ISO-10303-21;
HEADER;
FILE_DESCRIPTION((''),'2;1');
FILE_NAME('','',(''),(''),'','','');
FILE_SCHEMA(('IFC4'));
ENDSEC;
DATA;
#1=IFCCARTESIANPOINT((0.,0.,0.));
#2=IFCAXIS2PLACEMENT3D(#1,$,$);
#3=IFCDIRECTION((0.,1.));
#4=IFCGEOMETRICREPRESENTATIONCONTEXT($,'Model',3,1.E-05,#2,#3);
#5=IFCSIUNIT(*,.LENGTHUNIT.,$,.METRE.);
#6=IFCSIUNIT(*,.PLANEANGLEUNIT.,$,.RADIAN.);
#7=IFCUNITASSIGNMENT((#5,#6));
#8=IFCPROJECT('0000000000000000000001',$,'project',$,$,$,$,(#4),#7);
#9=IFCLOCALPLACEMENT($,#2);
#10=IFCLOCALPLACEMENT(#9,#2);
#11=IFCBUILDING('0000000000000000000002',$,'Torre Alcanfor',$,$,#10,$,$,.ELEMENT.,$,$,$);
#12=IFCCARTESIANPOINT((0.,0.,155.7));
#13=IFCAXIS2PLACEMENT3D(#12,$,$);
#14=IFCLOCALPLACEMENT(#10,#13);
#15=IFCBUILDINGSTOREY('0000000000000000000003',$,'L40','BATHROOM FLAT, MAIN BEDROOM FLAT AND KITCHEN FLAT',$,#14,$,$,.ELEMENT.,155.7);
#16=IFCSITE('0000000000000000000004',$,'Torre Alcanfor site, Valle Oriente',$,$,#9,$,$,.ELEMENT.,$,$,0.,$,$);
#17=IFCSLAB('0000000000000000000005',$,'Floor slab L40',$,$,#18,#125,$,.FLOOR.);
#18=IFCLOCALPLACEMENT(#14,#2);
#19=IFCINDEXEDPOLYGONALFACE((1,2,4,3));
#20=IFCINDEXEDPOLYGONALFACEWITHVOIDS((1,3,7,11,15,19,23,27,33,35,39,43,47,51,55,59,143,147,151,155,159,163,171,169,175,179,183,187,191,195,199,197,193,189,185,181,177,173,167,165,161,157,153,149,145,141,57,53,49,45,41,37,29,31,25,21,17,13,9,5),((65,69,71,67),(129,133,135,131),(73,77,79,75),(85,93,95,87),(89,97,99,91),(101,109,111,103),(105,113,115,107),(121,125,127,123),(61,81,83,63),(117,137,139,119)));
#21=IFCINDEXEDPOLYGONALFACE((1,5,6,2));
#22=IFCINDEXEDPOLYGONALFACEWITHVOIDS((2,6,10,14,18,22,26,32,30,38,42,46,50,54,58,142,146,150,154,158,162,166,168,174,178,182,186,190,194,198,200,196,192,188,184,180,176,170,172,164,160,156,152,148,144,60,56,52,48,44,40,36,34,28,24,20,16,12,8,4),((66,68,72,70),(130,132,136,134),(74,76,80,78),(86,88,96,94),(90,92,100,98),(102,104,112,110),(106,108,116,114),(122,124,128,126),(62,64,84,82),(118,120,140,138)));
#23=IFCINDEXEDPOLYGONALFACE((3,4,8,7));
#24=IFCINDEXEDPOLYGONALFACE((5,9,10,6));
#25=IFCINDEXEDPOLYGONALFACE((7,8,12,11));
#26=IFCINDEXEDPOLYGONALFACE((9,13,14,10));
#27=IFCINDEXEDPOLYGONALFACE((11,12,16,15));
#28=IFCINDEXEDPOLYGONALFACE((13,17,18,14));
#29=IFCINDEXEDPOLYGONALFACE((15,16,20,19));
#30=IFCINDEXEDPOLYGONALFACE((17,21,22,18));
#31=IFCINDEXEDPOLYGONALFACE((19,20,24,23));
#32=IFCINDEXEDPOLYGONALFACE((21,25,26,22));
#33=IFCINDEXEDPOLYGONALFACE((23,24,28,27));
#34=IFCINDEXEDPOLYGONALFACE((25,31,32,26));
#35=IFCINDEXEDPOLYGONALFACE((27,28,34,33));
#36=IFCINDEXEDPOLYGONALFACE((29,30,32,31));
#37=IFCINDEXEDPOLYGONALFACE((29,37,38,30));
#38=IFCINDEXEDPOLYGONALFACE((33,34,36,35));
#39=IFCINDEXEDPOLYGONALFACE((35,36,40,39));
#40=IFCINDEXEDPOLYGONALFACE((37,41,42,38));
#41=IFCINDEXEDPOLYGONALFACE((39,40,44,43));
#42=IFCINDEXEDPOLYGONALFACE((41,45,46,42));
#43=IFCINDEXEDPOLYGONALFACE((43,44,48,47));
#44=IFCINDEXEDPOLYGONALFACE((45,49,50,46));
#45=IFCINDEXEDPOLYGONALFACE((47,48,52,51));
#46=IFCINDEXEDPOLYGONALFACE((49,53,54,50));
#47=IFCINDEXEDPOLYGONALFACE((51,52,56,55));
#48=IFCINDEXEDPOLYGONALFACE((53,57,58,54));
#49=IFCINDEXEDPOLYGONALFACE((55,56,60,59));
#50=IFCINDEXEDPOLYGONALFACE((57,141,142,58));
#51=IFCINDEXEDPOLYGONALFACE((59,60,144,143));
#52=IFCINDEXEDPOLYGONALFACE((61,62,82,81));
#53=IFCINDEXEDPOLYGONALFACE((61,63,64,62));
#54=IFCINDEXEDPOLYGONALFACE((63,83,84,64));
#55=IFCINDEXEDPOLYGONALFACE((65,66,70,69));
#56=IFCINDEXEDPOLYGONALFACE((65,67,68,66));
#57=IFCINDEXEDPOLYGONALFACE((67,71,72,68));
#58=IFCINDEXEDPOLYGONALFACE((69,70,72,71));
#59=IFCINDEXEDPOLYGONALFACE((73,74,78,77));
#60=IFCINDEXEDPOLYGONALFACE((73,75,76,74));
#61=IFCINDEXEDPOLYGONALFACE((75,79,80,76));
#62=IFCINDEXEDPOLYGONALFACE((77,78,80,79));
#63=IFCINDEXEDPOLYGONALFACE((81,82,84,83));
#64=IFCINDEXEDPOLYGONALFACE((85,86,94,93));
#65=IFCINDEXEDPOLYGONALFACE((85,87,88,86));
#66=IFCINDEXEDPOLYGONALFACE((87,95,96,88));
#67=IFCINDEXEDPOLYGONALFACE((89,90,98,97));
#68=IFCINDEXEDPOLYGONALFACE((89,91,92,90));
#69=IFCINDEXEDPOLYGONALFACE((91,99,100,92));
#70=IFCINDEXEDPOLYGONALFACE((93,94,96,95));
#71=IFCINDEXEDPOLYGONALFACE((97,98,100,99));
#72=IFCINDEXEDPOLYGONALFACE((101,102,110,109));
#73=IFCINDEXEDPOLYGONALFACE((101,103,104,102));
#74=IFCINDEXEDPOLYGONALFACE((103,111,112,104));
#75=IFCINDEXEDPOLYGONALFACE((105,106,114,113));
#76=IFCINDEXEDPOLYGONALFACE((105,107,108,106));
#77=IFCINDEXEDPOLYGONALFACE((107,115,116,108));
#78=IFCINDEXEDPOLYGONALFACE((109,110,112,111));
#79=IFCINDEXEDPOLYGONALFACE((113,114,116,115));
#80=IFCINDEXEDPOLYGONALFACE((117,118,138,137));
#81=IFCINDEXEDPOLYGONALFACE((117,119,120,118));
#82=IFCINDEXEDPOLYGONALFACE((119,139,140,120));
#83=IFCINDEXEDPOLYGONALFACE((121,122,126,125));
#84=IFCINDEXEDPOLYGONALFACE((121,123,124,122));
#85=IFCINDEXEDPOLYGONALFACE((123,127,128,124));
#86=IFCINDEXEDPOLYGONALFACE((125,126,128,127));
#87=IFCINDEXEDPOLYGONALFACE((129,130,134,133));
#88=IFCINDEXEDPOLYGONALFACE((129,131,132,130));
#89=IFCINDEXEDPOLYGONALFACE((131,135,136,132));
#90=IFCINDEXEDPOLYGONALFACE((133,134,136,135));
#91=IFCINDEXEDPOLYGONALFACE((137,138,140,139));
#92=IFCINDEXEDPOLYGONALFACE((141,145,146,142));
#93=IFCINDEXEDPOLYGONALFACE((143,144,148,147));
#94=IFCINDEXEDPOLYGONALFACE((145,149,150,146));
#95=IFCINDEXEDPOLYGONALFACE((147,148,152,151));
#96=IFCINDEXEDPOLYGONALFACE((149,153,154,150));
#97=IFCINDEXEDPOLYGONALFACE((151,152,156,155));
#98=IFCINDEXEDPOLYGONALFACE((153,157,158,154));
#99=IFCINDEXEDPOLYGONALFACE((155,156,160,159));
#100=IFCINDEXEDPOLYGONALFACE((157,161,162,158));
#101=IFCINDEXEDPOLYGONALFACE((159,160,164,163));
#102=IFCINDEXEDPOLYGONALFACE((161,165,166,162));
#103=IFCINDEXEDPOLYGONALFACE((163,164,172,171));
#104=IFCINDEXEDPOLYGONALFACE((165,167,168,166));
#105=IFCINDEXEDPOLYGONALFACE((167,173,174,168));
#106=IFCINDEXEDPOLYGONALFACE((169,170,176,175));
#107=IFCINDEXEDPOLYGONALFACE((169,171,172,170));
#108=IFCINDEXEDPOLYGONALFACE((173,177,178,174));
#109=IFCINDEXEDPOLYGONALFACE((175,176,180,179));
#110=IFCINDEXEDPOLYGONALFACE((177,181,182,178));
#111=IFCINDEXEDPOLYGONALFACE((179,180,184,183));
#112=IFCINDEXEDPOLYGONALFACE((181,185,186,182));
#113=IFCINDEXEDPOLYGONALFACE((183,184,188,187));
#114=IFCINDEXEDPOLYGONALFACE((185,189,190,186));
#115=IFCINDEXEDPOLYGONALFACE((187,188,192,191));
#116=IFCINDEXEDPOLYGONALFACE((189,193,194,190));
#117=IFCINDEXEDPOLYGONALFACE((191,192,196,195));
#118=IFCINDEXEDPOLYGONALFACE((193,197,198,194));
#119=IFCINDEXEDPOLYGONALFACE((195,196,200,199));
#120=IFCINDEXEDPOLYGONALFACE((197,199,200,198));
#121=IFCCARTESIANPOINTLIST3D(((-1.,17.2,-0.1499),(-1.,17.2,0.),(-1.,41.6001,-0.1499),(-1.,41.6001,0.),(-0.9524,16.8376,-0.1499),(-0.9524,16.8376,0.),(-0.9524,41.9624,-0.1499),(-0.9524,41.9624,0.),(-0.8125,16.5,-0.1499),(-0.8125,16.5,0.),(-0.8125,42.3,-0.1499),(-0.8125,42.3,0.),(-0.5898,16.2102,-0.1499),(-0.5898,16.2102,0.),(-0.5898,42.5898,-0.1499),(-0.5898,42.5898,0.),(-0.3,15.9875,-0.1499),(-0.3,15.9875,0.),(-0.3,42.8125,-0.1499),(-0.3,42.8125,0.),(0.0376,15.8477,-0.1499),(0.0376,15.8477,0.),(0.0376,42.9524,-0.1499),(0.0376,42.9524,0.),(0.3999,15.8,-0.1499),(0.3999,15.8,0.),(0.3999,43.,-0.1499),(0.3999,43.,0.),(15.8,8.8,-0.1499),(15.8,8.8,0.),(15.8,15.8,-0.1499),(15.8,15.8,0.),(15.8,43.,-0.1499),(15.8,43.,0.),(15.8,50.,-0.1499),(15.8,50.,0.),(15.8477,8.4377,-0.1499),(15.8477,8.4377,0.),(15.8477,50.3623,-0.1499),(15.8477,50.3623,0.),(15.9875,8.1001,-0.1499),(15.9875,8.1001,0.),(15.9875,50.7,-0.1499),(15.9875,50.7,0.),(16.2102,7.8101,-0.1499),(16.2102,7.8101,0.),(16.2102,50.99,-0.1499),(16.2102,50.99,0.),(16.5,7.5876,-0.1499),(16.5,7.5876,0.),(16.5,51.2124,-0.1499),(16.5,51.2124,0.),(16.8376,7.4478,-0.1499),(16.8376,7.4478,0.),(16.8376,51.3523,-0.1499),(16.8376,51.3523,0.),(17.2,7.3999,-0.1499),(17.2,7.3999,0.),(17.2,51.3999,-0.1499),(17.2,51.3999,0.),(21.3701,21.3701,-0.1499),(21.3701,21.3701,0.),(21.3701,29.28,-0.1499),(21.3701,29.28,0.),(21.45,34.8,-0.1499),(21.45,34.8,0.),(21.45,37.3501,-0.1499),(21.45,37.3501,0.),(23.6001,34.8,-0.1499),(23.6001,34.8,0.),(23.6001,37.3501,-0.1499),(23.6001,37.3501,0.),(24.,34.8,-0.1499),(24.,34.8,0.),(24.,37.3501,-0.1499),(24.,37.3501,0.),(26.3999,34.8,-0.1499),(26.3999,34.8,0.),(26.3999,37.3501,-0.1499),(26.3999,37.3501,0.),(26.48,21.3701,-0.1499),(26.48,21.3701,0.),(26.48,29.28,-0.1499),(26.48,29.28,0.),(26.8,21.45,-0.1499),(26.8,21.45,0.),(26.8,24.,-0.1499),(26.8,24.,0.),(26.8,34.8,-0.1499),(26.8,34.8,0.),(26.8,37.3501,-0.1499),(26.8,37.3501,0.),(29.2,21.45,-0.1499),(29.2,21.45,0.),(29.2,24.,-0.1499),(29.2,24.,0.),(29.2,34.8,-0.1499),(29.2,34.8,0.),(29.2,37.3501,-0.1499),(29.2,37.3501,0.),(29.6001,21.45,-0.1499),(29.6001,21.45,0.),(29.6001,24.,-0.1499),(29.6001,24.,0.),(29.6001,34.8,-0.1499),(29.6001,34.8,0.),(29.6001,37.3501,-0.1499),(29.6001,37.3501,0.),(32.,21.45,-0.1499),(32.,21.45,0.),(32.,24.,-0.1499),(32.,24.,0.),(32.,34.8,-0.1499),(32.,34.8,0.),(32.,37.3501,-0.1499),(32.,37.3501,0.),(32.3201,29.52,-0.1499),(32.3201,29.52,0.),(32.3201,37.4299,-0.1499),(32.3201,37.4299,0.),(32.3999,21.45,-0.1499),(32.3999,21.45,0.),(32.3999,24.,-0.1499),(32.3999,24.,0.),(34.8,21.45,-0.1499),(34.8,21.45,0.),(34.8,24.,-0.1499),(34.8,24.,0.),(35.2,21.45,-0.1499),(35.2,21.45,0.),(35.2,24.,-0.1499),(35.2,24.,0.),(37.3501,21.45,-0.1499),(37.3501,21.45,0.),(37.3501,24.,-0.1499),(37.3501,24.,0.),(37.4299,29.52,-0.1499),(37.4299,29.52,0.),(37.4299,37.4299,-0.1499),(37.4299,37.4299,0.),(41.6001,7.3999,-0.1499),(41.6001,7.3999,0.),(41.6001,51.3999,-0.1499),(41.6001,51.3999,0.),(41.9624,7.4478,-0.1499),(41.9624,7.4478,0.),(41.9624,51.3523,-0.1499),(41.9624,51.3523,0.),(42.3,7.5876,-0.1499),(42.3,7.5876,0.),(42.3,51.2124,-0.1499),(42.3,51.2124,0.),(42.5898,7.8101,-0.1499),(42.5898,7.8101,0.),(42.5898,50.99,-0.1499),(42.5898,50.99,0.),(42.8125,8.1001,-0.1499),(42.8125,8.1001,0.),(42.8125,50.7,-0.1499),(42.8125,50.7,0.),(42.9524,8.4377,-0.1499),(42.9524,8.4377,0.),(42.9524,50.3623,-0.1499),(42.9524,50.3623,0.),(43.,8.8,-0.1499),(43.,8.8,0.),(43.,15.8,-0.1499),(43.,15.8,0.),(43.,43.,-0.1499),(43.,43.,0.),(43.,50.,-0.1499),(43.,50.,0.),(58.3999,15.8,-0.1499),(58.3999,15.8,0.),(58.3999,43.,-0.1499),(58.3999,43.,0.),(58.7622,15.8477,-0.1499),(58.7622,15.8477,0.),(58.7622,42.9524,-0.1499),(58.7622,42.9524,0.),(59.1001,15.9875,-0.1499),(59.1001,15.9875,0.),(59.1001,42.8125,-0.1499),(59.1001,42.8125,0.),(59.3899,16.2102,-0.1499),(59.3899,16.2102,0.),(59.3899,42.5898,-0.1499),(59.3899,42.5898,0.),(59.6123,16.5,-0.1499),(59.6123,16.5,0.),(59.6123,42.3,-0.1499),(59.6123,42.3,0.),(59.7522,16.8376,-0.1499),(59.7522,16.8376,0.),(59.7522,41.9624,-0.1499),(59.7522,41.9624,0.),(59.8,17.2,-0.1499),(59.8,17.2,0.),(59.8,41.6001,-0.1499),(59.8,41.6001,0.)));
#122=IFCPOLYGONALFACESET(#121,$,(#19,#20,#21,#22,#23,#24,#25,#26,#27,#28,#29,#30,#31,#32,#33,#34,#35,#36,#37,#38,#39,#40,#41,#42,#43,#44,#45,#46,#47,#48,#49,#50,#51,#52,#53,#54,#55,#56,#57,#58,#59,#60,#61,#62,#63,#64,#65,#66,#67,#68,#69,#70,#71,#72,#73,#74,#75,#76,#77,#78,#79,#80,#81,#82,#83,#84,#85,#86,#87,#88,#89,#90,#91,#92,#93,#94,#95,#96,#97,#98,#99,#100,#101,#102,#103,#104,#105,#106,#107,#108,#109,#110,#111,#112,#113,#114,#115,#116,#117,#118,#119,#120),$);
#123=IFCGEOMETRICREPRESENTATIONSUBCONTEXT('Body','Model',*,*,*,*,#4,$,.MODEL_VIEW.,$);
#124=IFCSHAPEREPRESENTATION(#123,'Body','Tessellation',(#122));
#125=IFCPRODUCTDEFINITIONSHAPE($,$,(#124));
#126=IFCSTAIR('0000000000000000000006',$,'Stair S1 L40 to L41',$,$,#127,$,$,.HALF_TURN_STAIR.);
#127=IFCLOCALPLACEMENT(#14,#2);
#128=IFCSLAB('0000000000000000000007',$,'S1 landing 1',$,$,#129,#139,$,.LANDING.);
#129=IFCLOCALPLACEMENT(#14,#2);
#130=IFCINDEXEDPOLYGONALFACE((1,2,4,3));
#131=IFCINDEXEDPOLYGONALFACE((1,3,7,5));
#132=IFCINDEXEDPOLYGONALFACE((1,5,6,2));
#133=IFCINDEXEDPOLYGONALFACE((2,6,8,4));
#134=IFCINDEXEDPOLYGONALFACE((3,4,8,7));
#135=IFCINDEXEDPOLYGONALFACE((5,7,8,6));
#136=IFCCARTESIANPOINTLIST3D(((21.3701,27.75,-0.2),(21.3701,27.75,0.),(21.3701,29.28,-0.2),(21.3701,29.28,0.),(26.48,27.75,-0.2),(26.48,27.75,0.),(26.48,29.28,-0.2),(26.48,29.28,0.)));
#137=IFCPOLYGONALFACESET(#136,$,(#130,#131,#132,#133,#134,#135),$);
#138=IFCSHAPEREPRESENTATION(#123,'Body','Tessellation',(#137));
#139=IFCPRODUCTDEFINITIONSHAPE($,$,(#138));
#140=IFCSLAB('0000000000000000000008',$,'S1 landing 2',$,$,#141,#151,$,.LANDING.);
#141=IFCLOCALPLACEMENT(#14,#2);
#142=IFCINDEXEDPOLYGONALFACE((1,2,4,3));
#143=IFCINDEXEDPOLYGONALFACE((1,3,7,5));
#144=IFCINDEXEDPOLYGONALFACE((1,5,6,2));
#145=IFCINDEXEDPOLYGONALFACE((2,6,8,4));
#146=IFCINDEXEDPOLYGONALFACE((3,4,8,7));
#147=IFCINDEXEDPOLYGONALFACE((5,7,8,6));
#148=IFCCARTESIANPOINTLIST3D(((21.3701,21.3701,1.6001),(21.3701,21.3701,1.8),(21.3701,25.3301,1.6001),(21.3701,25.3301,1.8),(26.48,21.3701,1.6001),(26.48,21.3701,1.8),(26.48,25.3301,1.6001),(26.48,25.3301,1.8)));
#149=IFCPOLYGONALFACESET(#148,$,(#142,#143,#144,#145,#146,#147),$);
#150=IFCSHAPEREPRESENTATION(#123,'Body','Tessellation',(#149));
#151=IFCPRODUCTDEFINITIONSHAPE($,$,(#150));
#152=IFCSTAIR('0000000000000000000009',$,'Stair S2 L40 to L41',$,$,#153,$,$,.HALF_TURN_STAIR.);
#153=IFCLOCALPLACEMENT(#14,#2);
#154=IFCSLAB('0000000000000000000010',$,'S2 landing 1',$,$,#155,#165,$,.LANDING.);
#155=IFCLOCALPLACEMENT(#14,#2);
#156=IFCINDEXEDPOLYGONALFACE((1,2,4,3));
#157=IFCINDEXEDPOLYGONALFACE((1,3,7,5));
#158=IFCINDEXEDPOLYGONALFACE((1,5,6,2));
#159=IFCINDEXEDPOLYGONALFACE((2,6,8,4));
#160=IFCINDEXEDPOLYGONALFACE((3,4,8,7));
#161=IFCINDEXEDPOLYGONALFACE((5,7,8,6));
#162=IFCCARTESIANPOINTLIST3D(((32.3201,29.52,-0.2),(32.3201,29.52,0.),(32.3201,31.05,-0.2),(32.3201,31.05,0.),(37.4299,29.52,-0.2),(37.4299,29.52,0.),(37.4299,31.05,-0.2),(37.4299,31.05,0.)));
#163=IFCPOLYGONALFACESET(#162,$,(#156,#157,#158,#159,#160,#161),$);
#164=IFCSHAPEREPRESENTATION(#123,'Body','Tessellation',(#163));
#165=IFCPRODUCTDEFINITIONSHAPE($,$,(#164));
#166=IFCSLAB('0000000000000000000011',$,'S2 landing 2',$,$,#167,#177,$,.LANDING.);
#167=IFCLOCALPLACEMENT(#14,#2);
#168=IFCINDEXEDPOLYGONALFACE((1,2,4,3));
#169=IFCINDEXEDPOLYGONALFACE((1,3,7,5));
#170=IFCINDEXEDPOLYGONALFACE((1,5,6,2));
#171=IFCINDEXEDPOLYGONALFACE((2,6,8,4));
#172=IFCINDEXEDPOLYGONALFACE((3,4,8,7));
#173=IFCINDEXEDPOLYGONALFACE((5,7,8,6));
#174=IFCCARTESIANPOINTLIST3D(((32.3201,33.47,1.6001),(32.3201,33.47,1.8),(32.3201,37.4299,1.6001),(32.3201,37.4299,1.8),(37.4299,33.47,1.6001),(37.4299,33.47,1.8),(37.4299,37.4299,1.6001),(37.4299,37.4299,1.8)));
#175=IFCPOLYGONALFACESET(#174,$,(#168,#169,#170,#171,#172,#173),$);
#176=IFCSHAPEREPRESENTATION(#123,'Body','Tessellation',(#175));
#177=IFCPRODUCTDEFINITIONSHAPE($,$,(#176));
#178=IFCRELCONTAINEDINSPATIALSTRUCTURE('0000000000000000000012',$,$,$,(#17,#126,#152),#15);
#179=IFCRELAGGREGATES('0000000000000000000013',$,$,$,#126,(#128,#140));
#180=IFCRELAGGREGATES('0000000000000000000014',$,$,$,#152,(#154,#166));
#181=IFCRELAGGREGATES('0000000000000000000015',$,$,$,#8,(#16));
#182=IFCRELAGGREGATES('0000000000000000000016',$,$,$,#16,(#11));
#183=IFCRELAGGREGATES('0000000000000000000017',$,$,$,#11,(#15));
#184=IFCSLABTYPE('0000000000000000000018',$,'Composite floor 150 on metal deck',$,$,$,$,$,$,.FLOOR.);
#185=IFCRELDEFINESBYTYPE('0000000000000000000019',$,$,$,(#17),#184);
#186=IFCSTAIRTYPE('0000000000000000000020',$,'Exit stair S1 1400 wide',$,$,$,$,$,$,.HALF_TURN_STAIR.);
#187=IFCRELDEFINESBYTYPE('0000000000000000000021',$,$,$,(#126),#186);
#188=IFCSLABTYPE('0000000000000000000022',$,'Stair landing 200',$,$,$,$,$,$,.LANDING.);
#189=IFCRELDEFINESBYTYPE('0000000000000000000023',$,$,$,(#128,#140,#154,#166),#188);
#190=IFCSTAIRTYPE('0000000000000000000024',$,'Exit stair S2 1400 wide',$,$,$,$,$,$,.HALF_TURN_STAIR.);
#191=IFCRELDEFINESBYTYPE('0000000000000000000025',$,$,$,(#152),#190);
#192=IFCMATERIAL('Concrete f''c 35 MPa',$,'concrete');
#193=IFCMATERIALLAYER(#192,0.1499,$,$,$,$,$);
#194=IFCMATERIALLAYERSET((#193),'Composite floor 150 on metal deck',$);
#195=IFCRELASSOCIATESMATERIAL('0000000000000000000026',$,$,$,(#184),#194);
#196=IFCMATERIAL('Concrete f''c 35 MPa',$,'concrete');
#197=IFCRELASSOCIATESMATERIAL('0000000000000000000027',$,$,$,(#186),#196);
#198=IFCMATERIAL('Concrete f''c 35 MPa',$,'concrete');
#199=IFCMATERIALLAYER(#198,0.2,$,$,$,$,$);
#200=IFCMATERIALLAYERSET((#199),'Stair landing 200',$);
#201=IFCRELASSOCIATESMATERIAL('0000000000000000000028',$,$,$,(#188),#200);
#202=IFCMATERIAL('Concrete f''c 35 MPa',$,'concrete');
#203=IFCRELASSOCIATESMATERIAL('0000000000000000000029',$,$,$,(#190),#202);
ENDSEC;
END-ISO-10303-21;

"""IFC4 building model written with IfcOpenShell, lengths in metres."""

from ifc_helpers import new_model, si_unit, direction, frame, origin, place, context, subcontext, project, spatial, polyline, outline, extrude, material, layer, layer_set, type_object, element, aggregate, save


model = new_model("IFC4")

# Units and contexts
model_context = context("Model", 3, precision=1e-05, world=origin(), true_north=direction((0.0, 1.0)))
body_context = subcontext(model_context, "Body", "Model", "MODEL_VIEW")
ifc_project = project(units=[si_unit("LENGTHUNIT", "METRE"), si_unit("PLANEANGLEUNIT", "RADIAN")], contexts=[model_context])

# Site, building, storey
site_placement = place(None, origin())
site = spatial("IfcSite", under=ifc_project, at=site_placement, Name="Torre Alcanfor site, Valle Oriente", CompositionType="ELEMENT", RefElevation=0.0)
building_placement = place(site_placement, origin())
building = spatial("IfcBuilding", under=site, at=building_placement, Name="Torre Alcanfor", CompositionType="ELEMENT")
storey_placement = place(building_placement, frame((0.0, 0.0, 155.7)))
storey = spatial("IfcBuildingStorey", under=building, at=storey_placement, Name="L40", Description="BATHROOM FLAT, MAIN BEDROOM FLAT AND KITCHEN FLAT", CompositionType="ELEMENT", Elevation=155.7)

# Slab
ifc_material_1 = material(Name="Concrete f'c 35 MPa", Category="concrete")
ifc_layer_1 = layer(ifc_material_1, 0.1499)
ifc_layer_set_1 = layer_set([ifc_layer_1], Name="Composite floor 150 on metal deck")
slab_type_1 = type_object("IfcSlabType", Name="Composite floor 150 on metal deck", PredefinedType="FLOOR", material=ifc_layer_set_1)
slab_1_placement = place(storey_placement, frame((0.0, 0.0, -0.1499)))
element("IfcSlab", 1, at=slab_1_placement, inside=storey, type_object=slab_type_1, Name="Floor slab L40", PredefinedType="FLOOR", context=body_context, shape_type="SweptSolid", body=[
    extrude(outline(polyline([(15.8, 43.0), (0.3999, 43.0), (0.0376, 42.9524), (-0.3, 42.8125), (-0.5898, 42.5898), (-0.8125, 42.3), (-0.9524, 41.9624), (-1.0, 41.6001), (-1.0, 17.2), (-0.9524, 16.8376), (-0.8125, 16.5), (-0.5898, 16.2102), (-0.3, 15.9875), (0.0376, 15.8477), (0.3999, 15.8), (15.8, 15.8), (15.8, 8.8), (15.8477, 8.4377), (15.9875, 8.1001), (16.2102, 7.8101), (16.5, 7.5876), (16.8376, 7.4478), (17.2, 7.3999), (41.6001, 7.3999), (41.9624, 7.4478), (42.3, 7.5876), (42.5898, 7.8101), (42.8125, 8.1001), (42.9524, 8.4377), (43.0, 8.8), (43.0, 15.8), (58.3999, 15.8), (58.7622, 15.8477), (59.1001, 15.9875), (59.3899, 16.2102), (59.6123, 16.5), (59.7522, 16.8376), (59.8, 17.2), (59.8, 41.6001), (59.7522, 41.9624), (59.6123, 42.3), (59.3899, 42.5898), (59.1001, 42.8125), (58.7622, 42.9524), (58.3999, 43.0), (43.0, 43.0), (43.0, 50.0), (42.9524, 50.3623), (42.8125, 50.7), (42.5898, 50.99), (42.3, 51.2124), (41.9624, 51.3523), (41.6001, 51.3999), (17.2, 51.3999), (16.8376, 51.3523), (16.5, 51.2124), (16.2102, 50.99), (15.9875, 50.7), (15.8477, 50.3623), (15.8, 50.0), (15.8, 43.0)]), holes=[polyline([(21.3701, 21.3701), (26.48, 21.3701), (26.48, 29.28), (21.3701, 29.28), (21.3701, 21.3701)]), polyline([(32.3201, 29.52), (37.4299, 29.52), (37.4299, 37.4299), (32.3201, 37.4299), (32.3201, 29.52)]), polyline([(26.8, 21.45), (29.2, 21.45), (29.2, 24.0), (26.8, 24.0), (26.8, 21.45)]), polyline([(29.6001, 21.45), (32.0, 21.45), (32.0, 24.0), (29.6001, 24.0), (29.6001, 21.45)]), polyline([(32.3999, 21.45), (34.8, 21.45), (34.8, 24.0), (32.3999, 24.0), (32.3999, 21.45)]), polyline([(35.2, 21.45), (37.3501, 21.45), (37.3501, 24.0), (35.2, 24.0), (35.2, 21.45)]), polyline([(21.45, 34.8), (23.6001, 34.8), (23.6001, 37.3501), (21.45, 37.3501), (21.45, 34.8)]), polyline([(24.0, 34.8), (26.3999, 34.8), (26.3999, 37.3501), (24.0, 37.3501), (24.0, 34.8)]), polyline([(26.8, 34.8), (29.2, 34.8), (29.2, 37.3501), (26.8, 37.3501), (26.8, 34.8)]), polyline([(29.6001, 34.8), (32.0, 34.8), (32.0, 37.3501), (29.6001, 37.3501), (29.6001, 34.8)])]), origin(), (0.0, 0.0, 1.0), 0.1499),
])

# Stairs, slabs
ifc_material_2 = material(Name="Concrete f'c 35 MPa", Category="concrete")
stair_type_1 = type_object("IfcStairType", Name="Exit stair S1 1400 wide", PredefinedType="HALF_TURN_STAIR", material=ifc_material_2)
stair_1_placement = place(storey_placement, origin())
stair_1 = element("IfcStair", 2, at=stair_1_placement, inside=storey, type_object=stair_type_1, Name="Stair S1 L40 to L41", PredefinedType="HALF_TURN_STAIR")
ifc_material_3 = material(Name="Concrete f'c 35 MPa", Category="concrete")
ifc_layer_2 = layer(ifc_material_3, 0.2)
ifc_layer_set_2 = layer_set([ifc_layer_2], Name="Stair landing 200")
slab_type_2 = type_object("IfcSlabType", Name="Stair landing 200", PredefinedType="LANDING", material=ifc_layer_set_2)
slab_2_placement = place(storey_placement, frame((0.0, 0.0, -0.2)))
slab_2 = element("IfcSlab", 3, at=slab_2_placement, type_object=slab_type_2, Name="S1 landing 1", PredefinedType="LANDING", context=body_context, shape_type="SweptSolid", body=[
    extrude(outline(polyline([(21.3701, 27.75), (26.48, 27.75), (26.48, 29.28), (21.3701, 29.28), (21.3701, 27.75)])), origin(), (0.0, 0.0, 1.0), 0.2),
])
slab_3_placement = place(storey_placement, frame((0.0, 0.0, 1.6001)))
slab_3 = element("IfcSlab", 4, at=slab_3_placement, type_object=slab_type_2, Name="S1 landing 2", PredefinedType="LANDING", context=body_context, shape_type="SweptSolid", body=[
    extrude(outline(polyline([(21.3701, 21.3701), (26.48, 21.3701), (26.48, 25.3301), (21.3701, 25.3301), (21.3701, 21.3701)])), origin(), (0.0, 0.0, 1.0), 0.2),
])
aggregate(stair_1, [slab_2, slab_3])
ifc_material_4 = material(Name="Concrete f'c 35 MPa", Category="concrete")
stair_type_2 = type_object("IfcStairType", Name="Exit stair S2 1400 wide", PredefinedType="HALF_TURN_STAIR", material=ifc_material_4)
stair_2_placement = place(storey_placement, origin())
stair_2 = element("IfcStair", 5, at=stair_2_placement, inside=storey, type_object=stair_type_2, Name="Stair S2 L40 to L41", PredefinedType="HALF_TURN_STAIR")
slab_4_placement = place(storey_placement, frame((0.0, 0.0, -0.2)))
slab_4 = element("IfcSlab", 6, at=slab_4_placement, type_object=slab_type_2, Name="S2 landing 1", PredefinedType="LANDING", context=body_context, shape_type="SweptSolid", body=[
    extrude(outline(polyline([(32.3201, 29.52), (37.4299, 29.52), (37.4299, 31.05), (32.3201, 31.05), (32.3201, 29.52)])), origin(), (0.0, 0.0, 1.0), 0.2),
])
slab_5_placement = place(storey_placement, frame((0.0, 0.0, 1.6001)))
slab_5 = element("IfcSlab", 7, at=slab_5_placement, type_object=slab_type_2, Name="S2 landing 2", PredefinedType="LANDING", context=body_context, shape_type="SweptSolid", body=[
    extrude(outline(polyline([(32.3201, 33.47), (37.4299, 33.47), (37.4299, 37.4299), (32.3201, 37.4299), (32.3201, 33.47)])), origin(), (0.0, 0.0, 1.0), 0.2),
])
aggregate(stair_2, [slab_4, slab_5])

save(model, "model.ifc")
